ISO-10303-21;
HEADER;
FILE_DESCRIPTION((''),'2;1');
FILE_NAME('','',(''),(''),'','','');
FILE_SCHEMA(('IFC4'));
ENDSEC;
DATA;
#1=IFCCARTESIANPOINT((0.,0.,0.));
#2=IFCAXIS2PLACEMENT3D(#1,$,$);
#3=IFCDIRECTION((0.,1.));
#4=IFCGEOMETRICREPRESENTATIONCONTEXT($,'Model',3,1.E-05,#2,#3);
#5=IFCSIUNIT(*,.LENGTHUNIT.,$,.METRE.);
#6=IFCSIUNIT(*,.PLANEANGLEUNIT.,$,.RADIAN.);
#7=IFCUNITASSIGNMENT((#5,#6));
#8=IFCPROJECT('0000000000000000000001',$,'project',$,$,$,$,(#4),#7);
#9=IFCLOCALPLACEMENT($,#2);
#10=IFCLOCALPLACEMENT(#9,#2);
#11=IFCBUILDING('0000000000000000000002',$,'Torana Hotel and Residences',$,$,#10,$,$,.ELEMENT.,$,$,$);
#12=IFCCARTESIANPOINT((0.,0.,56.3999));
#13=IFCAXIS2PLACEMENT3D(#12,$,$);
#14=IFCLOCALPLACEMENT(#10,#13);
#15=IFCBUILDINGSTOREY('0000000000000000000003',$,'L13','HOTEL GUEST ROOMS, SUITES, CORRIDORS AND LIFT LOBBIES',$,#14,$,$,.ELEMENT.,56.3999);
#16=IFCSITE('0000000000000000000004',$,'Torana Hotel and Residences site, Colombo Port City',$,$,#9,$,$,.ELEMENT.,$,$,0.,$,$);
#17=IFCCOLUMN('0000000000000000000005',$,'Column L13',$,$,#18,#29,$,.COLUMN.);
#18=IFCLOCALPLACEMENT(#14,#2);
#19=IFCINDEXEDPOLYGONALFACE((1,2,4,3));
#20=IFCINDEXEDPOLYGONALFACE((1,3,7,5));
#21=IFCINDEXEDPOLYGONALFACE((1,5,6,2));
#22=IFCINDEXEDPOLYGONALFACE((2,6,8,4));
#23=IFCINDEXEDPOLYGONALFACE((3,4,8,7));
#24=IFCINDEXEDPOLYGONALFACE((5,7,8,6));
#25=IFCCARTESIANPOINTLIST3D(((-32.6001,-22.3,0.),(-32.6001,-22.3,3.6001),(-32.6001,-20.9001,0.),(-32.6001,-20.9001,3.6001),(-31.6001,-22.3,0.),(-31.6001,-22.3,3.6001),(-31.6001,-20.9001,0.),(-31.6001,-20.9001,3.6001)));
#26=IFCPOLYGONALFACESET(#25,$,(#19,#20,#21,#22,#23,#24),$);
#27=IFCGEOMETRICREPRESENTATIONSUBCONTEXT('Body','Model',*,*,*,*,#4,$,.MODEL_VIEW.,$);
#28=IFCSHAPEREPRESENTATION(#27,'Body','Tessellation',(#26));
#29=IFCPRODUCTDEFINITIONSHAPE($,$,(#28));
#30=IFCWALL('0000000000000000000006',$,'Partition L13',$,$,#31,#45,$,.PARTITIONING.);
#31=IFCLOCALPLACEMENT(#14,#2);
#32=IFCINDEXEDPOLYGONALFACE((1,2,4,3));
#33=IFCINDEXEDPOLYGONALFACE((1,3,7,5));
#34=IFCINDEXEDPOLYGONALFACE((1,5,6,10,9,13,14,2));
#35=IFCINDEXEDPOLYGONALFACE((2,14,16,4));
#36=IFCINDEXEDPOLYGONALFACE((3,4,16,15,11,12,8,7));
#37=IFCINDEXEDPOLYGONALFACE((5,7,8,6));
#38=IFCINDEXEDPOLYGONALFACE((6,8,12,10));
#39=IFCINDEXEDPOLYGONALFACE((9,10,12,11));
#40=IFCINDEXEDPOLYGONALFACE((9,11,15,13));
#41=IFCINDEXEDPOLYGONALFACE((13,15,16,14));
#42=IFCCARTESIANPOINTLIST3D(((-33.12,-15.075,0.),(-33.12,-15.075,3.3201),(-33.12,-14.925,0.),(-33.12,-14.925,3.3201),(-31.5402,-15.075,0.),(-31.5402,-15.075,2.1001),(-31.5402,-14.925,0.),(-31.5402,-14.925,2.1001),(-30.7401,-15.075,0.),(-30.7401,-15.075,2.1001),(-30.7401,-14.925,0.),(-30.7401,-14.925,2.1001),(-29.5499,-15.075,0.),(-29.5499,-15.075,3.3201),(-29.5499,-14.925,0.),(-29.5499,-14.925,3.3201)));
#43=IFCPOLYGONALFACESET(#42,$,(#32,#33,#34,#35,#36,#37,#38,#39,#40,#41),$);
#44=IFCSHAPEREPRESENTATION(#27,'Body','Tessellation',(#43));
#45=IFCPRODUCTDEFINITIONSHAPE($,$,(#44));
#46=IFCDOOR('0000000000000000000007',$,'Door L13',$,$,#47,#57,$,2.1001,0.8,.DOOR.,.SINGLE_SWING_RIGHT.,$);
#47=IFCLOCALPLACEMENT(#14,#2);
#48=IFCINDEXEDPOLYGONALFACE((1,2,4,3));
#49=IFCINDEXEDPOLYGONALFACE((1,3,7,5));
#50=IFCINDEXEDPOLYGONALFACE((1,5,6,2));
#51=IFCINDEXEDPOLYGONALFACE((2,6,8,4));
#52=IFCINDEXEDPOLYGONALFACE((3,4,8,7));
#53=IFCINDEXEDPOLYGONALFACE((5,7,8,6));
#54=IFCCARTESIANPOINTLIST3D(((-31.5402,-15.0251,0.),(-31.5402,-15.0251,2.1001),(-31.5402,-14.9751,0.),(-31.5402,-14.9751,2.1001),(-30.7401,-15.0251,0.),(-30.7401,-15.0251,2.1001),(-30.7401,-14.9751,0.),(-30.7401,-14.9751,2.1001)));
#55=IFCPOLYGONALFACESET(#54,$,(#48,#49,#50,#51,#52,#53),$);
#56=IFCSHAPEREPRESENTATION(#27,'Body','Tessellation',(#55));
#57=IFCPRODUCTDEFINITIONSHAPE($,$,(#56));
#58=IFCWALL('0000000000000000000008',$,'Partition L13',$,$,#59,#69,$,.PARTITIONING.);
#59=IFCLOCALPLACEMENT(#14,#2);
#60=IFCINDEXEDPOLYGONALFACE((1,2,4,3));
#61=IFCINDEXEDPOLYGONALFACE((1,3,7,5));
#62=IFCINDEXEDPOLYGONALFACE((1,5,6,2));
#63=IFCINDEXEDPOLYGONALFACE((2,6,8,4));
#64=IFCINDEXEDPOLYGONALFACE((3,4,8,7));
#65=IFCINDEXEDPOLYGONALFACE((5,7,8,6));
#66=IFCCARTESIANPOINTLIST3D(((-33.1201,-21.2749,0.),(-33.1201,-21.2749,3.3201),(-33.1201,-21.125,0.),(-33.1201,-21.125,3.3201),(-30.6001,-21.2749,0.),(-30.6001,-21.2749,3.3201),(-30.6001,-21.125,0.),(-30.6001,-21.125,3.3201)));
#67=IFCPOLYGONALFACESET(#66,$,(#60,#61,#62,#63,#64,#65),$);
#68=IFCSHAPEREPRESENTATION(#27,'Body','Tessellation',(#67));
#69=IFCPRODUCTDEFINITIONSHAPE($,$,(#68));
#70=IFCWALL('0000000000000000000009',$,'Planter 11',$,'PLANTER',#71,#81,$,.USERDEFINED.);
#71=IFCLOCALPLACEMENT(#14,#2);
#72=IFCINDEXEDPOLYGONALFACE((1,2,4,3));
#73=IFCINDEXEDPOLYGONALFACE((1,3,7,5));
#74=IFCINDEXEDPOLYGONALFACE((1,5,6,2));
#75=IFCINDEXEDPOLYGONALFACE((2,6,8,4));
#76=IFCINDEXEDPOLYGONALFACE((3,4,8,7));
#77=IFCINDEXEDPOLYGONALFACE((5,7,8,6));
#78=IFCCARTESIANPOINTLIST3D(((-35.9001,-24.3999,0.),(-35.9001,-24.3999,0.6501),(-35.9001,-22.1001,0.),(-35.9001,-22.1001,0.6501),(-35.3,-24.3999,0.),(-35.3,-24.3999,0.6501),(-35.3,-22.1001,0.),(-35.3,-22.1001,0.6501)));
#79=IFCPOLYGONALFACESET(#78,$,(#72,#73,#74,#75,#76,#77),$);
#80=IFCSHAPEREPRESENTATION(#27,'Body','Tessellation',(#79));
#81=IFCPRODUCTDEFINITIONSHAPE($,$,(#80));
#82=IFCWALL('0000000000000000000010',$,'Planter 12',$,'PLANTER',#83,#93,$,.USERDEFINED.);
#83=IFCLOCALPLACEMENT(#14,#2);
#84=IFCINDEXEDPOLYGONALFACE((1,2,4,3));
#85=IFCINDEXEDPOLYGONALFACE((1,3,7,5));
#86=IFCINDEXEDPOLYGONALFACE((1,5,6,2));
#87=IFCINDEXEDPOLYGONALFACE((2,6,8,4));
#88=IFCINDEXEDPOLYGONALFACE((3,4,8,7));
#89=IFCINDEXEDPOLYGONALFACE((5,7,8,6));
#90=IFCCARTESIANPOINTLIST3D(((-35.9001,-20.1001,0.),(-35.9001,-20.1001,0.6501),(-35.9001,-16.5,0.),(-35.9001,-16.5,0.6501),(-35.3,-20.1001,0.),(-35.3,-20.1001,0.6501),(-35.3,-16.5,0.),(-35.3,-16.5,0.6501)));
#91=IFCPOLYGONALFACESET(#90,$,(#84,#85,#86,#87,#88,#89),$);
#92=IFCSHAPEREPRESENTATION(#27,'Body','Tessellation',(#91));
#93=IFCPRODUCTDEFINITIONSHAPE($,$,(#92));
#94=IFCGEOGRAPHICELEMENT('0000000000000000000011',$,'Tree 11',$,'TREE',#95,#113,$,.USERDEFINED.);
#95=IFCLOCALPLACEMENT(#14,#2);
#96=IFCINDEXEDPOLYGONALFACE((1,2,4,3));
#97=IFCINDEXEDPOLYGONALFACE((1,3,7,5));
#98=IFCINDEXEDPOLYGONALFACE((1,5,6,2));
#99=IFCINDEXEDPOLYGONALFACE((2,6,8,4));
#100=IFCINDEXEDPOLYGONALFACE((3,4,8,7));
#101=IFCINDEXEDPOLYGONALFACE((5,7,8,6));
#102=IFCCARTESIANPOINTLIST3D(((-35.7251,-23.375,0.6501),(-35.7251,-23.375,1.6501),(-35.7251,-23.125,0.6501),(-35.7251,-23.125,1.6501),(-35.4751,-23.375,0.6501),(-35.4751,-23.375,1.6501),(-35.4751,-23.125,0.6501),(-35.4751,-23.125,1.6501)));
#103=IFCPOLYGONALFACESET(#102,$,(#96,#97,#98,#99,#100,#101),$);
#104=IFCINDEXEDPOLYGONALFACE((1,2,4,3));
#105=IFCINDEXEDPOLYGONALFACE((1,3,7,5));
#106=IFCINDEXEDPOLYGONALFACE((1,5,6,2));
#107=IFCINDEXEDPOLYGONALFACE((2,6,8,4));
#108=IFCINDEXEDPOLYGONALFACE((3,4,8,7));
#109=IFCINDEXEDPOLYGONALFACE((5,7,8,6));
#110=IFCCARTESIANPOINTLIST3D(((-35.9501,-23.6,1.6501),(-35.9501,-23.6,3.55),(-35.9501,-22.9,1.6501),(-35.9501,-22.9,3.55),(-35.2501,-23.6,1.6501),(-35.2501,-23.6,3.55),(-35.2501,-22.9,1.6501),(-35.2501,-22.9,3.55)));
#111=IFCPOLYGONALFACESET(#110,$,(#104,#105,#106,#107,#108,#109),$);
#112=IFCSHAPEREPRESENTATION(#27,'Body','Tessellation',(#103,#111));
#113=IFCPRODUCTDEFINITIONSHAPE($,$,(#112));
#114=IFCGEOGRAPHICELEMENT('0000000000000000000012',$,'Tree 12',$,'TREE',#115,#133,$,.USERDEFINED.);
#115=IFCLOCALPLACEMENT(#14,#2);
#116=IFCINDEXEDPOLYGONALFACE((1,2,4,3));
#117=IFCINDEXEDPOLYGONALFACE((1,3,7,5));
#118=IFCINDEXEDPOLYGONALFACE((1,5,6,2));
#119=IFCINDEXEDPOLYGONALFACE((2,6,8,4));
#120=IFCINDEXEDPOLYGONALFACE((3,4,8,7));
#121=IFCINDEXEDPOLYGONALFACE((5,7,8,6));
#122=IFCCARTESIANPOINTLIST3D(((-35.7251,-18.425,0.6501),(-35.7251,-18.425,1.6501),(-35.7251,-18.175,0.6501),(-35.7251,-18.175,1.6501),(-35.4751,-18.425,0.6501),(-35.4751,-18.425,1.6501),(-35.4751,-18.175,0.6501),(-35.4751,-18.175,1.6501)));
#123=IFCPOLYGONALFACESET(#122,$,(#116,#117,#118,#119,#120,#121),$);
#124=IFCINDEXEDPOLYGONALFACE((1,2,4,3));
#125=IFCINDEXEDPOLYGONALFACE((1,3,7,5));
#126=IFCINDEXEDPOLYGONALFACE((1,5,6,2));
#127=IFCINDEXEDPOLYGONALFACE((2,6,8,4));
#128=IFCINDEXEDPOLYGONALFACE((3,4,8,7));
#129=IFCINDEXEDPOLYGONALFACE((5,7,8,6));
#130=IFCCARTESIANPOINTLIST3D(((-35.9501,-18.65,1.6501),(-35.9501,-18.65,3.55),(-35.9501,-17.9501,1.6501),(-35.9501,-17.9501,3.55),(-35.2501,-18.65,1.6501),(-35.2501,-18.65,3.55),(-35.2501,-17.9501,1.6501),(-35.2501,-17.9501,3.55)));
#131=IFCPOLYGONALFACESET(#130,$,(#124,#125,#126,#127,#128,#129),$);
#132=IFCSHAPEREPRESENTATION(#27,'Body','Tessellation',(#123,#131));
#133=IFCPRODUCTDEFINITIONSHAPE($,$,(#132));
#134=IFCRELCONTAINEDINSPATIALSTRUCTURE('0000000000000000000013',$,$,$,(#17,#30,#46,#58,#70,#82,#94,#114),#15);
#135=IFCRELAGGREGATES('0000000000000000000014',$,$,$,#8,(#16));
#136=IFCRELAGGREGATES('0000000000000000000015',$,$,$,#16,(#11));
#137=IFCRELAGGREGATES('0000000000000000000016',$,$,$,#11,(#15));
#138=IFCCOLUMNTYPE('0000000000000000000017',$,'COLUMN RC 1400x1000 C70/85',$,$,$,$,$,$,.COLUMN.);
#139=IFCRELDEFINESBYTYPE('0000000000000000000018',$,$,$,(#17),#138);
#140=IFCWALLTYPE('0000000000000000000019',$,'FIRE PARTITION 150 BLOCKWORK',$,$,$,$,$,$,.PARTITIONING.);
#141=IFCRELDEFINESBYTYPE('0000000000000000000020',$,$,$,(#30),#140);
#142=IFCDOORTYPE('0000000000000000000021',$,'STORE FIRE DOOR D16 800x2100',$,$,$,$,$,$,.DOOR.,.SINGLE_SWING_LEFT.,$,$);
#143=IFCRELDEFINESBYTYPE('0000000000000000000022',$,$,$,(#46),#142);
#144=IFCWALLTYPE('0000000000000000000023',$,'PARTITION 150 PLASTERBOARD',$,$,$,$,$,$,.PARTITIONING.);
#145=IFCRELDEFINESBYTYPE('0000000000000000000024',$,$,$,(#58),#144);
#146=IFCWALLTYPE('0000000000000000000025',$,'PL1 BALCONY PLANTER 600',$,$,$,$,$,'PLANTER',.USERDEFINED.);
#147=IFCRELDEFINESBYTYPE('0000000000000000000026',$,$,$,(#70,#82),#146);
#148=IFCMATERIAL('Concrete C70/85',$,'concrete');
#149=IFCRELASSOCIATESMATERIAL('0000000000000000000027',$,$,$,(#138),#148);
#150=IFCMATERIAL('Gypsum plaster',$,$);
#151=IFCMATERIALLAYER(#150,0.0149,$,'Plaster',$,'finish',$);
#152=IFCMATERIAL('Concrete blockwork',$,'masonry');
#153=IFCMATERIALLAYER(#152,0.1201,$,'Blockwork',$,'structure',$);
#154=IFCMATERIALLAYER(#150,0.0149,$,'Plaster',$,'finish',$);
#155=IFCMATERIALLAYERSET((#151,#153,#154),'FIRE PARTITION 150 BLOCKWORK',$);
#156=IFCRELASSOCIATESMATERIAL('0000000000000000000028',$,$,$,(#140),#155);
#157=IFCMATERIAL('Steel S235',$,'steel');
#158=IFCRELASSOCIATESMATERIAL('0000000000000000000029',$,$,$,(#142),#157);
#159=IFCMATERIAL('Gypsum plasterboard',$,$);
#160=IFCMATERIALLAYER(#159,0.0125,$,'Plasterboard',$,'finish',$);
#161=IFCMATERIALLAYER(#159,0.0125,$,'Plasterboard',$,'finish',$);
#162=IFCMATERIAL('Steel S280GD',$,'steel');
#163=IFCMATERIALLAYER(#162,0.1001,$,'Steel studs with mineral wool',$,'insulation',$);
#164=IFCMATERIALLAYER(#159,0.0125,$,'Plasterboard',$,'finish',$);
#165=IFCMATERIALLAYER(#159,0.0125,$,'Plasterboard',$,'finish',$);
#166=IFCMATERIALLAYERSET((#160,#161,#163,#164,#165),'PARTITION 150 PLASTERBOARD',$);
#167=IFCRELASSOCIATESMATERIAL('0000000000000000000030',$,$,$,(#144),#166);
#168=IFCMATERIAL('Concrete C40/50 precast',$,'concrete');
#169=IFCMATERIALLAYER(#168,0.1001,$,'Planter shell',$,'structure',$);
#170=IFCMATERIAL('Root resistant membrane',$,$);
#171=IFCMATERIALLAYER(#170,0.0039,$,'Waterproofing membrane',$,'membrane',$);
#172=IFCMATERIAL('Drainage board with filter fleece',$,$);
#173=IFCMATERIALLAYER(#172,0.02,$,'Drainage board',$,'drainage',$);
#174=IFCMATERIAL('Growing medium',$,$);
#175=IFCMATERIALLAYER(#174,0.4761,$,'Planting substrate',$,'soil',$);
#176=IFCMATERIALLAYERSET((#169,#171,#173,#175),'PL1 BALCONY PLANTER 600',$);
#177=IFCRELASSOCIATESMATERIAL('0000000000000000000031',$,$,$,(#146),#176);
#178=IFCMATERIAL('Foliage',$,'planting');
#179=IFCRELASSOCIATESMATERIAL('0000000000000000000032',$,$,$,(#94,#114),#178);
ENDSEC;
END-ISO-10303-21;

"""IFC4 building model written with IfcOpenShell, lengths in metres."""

from ifc_helpers import new_model, si_unit, direction, frame, frame_2d, origin, origin_2d, place, context, subcontext, project, spatial, rectangle, extrude, material, layer, layer_set, material_profile, profile_set, type_object, element, fill, save


model = new_model("IFC4")

# Units and contexts
model_context = context("Model", 3, precision=1e-05, world=origin(), true_north=direction((0.0, 1.0)))
body_context = subcontext(model_context, "Body", "Model", "MODEL_VIEW")
ifc_project = project(units=[si_unit("LENGTHUNIT", "METRE"), si_unit("PLANEANGLEUNIT", "RADIAN")], contexts=[model_context])

# Site, building, storey
site_placement = place(None, origin())
site = spatial("IfcSite", under=ifc_project, at=site_placement, Name="Torana Hotel and Residences site, Colombo Port City", CompositionType="ELEMENT", RefElevation=0.0)
building_placement = place(site_placement, origin())
building = spatial("IfcBuilding", under=site, at=building_placement, Name="Torana Hotel and Residences", CompositionType="ELEMENT")
storey_placement = place(building_placement, frame((0.0, 0.0, 56.3999)))
storey = spatial("IfcBuildingStorey", under=building, at=storey_placement, Name="L13", Description="HOTEL GUEST ROOMS, SUITES, CORRIDORS AND LIFT LOBBIES", CompositionType="ELEMENT", Elevation=56.3999)

# Column
ifc_material_1 = material(Name="Concrete C70/85", Category="concrete")
ifc_material_profile = material_profile(ifc_material_1, rectangle(XDim=1.3999, YDim=1.0, at=origin_2d()), Name="RC 1400x1000")
ifc_profile_set = profile_set([ifc_material_profile], Name="Concrete C70/85")
column_type = type_object("IfcColumnType", Name="COLUMN RC 1400x1000 C70/85", PredefinedType="COLUMN", material=ifc_profile_set)
column_placement = place(storey_placement, frame((-32.1001, -21.6001, 0.0), z_axis=(0.0, 0.0, 1.0), x_axis=(0.0, 1.0, 0.0)))
element("IfcColumn", 1, at=column_placement, inside=storey, type_object=column_type, Name="Column L13", PredefinedType="COLUMN", context=body_context, shape_type="SweptSolid", body=[
    extrude(rectangle(XDim=1.3999, YDim=1.0, at=origin_2d()), origin(), (0.0, 0.0, 1.0), 3.6001),
])

# Shared definitions
ifc_material_2 = material(Name="Gypsum plaster")
ifc_layer_1 = layer(ifc_material_2, 0.0149, Name="Plaster", Category="finish")
ifc_material_3 = material(Name="Concrete blockwork", Category="masonry")
ifc_layer_2 = layer(ifc_material_3, 0.1201, Name="Blockwork", Category="structure")
ifc_layer_3 = layer(ifc_material_2, 0.0149, Name="Plaster", Category="finish")
ifc_layer_set_1 = layer_set([ifc_layer_1, ifc_layer_2, ifc_layer_3], Name="FIRE PARTITION 150 BLOCKWORK")
wall_type_1 = type_object("IfcWallType", Name="FIRE PARTITION 150 BLOCKWORK", PredefinedType="PARTITIONING", material=ifc_layer_set_1)

# Wall, opening, door
wall_1_placement = place(storey_placement, frame((-33.1201, -15.0, 0.0), z_axis=(0.0, 0.0, 1.0), x_axis=(1.0, 0.0, 0.0)))
wall_1 = element("IfcWall", 2, at=wall_1_placement, inside=storey, type_object=wall_type_1, Name="Partition L13", PredefinedType="PARTITIONING", context=body_context, shape_type="SweptSolid", body=[
    extrude(rectangle(XDim=3.5701, YDim=0.1499, at=frame_2d((1.7852, 0.0))), origin(), (0.0, 0.0, 1.0), 3.3201),
])
opening_1_placement = place(wall_1_placement, frame((1.5801, 0.0, 0.0)))
opening_1 = element("IfcOpeningElement", 3, at=opening_1_placement, cuts=wall_1, PredefinedType="OPENING", context=body_context, shape_type="SweptSolid", body=[
    extrude(rectangle(XDim=0.8, YDim=2.1001, at=frame_2d((0.3999, 1.05))), frame((0.0, 0.085, 0.0), z_axis=(0.0, -1.0, 0.0), x_axis=(1.0, 0.0, 0.0)), (0.0, 0.0, 1.0), 0.1699),
])
ifc_material_4 = material(Name="Steel S235", Category="steel")
door_type_1 = type_object("IfcDoorType", Name="STORE FIRE DOOR D16 800x2100", OperationType="SINGLE_SWING_LEFT", PredefinedType="DOOR", material=ifc_material_4)
door_1_placement = place(opening_1_placement, origin())
door_1 = element("IfcDoor", 4, at=door_1_placement, inside=storey, type_object=door_type_1, Name="Door L13", OperationType="SINGLE_SWING_RIGHT", OverallHeight=2.1001, OverallWidth=0.8, PredefinedType="DOOR", context=body_context, shape_type="SweptSolid", body=[
    extrude(rectangle(XDim=0.8, YDim=2.1001, at=frame_2d((0.3999, 1.05))), frame((0.0, 0.0249, 0.0), z_axis=(0.0, -1.0, 0.0), x_axis=(1.0, 0.0, 0.0)), (0.0, 0.0, 1.0), 0.05),
])
fill(opening_1, door_1)

# Walls
ifc_material_5 = material(Name="Gypsum plasterboard")
ifc_layer_4 = layer(ifc_material_5, 0.0125, Name="Plasterboard", Category="finish")
ifc_layer_5 = layer(ifc_material_5, 0.0125, Name="Plasterboard", Category="finish")
ifc_material_6 = material(Name="Steel S280GD", Category="steel")
ifc_layer_6 = layer(ifc_material_6, 0.1001, Name="Steel studs with mineral wool", Category="insulation")
ifc_layer_7 = layer(ifc_material_5, 0.0125, Name="Plasterboard", Category="finish")
ifc_layer_8 = layer(ifc_material_5, 0.0125, Name="Plasterboard", Category="finish")
ifc_layer_set_2 = layer_set([ifc_layer_4, ifc_layer_5, ifc_layer_6, ifc_layer_7, ifc_layer_8], Name="PARTITION 150 PLASTERBOARD")
wall_type_2 = type_object("IfcWallType", Name="PARTITION 150 PLASTERBOARD", PredefinedType="PARTITIONING", material=ifc_layer_set_2)
wall_2_placement = place(storey_placement, frame((-33.1201, -21.2, 0.0), z_axis=(0.0, 0.0, 1.0), x_axis=(1.0, 0.0, 0.0)))
element("IfcWall", 5, at=wall_2_placement, inside=storey, type_object=wall_type_2, Name="Partition L13", PredefinedType="PARTITIONING", context=body_context, shape_type="SweptSolid", body=[
    extrude(rectangle(XDim=2.52, YDim=0.1499, at=frame_2d((1.26, 0.0))), origin(), (0.0, 0.0, 1.0), 3.3201),
])
ifc_material_7 = material(Name="Concrete C40/50 precast", Category="concrete")
ifc_layer_9 = layer(ifc_material_7, 0.1001, Name="Planter shell", Category="structure")
ifc_material_8 = material(Name="Root resistant membrane")
ifc_layer_10 = layer(ifc_material_8, 0.0039, Name="Waterproofing membrane", Category="membrane")
ifc_material_9 = material(Name="Drainage board with filter fleece")
ifc_layer_11 = layer(ifc_material_9, 0.02, Name="Drainage board", Category="drainage")
ifc_material_10 = material(Name="Growing medium")
ifc_layer_12 = layer(ifc_material_10, 0.4761, Name="Planting substrate", Category="soil")
ifc_layer_set_3 = layer_set([ifc_layer_9, ifc_layer_10, ifc_layer_11, ifc_layer_12], Name="PL1 BALCONY PLANTER 600")
wall_type_3 = type_object("IfcWallType", Name="PL1 BALCONY PLANTER 600", ElementType="PLANTER", PredefinedType="USERDEFINED", material=ifc_layer_set_3)
wall_3_placement = place(storey_placement, frame((-35.6001, -24.3999, 0.0), z_axis=(0.0, 0.0, 1.0), x_axis=(0.0, 1.0, 0.0)))
element("IfcWall", 6, at=wall_3_placement, inside=storey, type_object=wall_type_3, Name="Planter 11", ObjectType="PLANTER", PredefinedType="USERDEFINED", context=body_context, shape_type="SweptSolid", body=[
    extrude(rectangle(XDim=2.2998, YDim=0.6001, at=frame_2d((1.1499, 0.0))), origin(), (0.0, 0.0, 1.0), 0.6501),
])
wall_4_placement = place(storey_placement, frame((-35.6001, -20.1001, 0.0), z_axis=(0.0, 0.0, 1.0), x_axis=(0.0, 1.0, 0.0)))
element("IfcWall", 7, at=wall_4_placement, inside=storey, type_object=wall_type_3, Name="Planter 12", ObjectType="PLANTER", PredefinedType="USERDEFINED", context=body_context, shape_type="SweptSolid", body=[
    extrude(rectangle(XDim=3.6001, YDim=0.6001, at=frame_2d((1.8, 0.0))), origin(), (0.0, 0.0, 1.0), 0.6501),
])

# Geographic elements
ifc_material_11 = material(Name="Foliage", Category="planting")
for number, where, z_axis, x_axis, name in (
    (8, (-35.6001, -23.25, 0.6501), (0.0, 0.0, 1.0), (1.0, 0.0, 0.0), "Tree 11"),
    (9, (-35.6001, -18.3, 0.6501), (0.0, 0.0, 1.0), (1.0, 0.0, 0.0), "Tree 12"),
):
    element("IfcGeographicElement", number, at=place(storey_placement, frame(where, z_axis=z_axis, x_axis=x_axis)), inside=storey, material=ifc_material_11, Name=name, ObjectType="TREE", PredefinedType="USERDEFINED", context=body_context, shape_type="SweptSolid", body=[
        extrude(rectangle(XDim=0.25, YDim=0.25, at=origin_2d()), origin(), (0.0, 0.0, 1.0), 1.0),
        extrude(rectangle(XDim=0.7, YDim=0.7, at=origin_2d()), frame((0.0, 0.0, 1.0)), (0.0, 0.0, 1.0), 1.8999),
    ])

save(model, "model.ifc")
